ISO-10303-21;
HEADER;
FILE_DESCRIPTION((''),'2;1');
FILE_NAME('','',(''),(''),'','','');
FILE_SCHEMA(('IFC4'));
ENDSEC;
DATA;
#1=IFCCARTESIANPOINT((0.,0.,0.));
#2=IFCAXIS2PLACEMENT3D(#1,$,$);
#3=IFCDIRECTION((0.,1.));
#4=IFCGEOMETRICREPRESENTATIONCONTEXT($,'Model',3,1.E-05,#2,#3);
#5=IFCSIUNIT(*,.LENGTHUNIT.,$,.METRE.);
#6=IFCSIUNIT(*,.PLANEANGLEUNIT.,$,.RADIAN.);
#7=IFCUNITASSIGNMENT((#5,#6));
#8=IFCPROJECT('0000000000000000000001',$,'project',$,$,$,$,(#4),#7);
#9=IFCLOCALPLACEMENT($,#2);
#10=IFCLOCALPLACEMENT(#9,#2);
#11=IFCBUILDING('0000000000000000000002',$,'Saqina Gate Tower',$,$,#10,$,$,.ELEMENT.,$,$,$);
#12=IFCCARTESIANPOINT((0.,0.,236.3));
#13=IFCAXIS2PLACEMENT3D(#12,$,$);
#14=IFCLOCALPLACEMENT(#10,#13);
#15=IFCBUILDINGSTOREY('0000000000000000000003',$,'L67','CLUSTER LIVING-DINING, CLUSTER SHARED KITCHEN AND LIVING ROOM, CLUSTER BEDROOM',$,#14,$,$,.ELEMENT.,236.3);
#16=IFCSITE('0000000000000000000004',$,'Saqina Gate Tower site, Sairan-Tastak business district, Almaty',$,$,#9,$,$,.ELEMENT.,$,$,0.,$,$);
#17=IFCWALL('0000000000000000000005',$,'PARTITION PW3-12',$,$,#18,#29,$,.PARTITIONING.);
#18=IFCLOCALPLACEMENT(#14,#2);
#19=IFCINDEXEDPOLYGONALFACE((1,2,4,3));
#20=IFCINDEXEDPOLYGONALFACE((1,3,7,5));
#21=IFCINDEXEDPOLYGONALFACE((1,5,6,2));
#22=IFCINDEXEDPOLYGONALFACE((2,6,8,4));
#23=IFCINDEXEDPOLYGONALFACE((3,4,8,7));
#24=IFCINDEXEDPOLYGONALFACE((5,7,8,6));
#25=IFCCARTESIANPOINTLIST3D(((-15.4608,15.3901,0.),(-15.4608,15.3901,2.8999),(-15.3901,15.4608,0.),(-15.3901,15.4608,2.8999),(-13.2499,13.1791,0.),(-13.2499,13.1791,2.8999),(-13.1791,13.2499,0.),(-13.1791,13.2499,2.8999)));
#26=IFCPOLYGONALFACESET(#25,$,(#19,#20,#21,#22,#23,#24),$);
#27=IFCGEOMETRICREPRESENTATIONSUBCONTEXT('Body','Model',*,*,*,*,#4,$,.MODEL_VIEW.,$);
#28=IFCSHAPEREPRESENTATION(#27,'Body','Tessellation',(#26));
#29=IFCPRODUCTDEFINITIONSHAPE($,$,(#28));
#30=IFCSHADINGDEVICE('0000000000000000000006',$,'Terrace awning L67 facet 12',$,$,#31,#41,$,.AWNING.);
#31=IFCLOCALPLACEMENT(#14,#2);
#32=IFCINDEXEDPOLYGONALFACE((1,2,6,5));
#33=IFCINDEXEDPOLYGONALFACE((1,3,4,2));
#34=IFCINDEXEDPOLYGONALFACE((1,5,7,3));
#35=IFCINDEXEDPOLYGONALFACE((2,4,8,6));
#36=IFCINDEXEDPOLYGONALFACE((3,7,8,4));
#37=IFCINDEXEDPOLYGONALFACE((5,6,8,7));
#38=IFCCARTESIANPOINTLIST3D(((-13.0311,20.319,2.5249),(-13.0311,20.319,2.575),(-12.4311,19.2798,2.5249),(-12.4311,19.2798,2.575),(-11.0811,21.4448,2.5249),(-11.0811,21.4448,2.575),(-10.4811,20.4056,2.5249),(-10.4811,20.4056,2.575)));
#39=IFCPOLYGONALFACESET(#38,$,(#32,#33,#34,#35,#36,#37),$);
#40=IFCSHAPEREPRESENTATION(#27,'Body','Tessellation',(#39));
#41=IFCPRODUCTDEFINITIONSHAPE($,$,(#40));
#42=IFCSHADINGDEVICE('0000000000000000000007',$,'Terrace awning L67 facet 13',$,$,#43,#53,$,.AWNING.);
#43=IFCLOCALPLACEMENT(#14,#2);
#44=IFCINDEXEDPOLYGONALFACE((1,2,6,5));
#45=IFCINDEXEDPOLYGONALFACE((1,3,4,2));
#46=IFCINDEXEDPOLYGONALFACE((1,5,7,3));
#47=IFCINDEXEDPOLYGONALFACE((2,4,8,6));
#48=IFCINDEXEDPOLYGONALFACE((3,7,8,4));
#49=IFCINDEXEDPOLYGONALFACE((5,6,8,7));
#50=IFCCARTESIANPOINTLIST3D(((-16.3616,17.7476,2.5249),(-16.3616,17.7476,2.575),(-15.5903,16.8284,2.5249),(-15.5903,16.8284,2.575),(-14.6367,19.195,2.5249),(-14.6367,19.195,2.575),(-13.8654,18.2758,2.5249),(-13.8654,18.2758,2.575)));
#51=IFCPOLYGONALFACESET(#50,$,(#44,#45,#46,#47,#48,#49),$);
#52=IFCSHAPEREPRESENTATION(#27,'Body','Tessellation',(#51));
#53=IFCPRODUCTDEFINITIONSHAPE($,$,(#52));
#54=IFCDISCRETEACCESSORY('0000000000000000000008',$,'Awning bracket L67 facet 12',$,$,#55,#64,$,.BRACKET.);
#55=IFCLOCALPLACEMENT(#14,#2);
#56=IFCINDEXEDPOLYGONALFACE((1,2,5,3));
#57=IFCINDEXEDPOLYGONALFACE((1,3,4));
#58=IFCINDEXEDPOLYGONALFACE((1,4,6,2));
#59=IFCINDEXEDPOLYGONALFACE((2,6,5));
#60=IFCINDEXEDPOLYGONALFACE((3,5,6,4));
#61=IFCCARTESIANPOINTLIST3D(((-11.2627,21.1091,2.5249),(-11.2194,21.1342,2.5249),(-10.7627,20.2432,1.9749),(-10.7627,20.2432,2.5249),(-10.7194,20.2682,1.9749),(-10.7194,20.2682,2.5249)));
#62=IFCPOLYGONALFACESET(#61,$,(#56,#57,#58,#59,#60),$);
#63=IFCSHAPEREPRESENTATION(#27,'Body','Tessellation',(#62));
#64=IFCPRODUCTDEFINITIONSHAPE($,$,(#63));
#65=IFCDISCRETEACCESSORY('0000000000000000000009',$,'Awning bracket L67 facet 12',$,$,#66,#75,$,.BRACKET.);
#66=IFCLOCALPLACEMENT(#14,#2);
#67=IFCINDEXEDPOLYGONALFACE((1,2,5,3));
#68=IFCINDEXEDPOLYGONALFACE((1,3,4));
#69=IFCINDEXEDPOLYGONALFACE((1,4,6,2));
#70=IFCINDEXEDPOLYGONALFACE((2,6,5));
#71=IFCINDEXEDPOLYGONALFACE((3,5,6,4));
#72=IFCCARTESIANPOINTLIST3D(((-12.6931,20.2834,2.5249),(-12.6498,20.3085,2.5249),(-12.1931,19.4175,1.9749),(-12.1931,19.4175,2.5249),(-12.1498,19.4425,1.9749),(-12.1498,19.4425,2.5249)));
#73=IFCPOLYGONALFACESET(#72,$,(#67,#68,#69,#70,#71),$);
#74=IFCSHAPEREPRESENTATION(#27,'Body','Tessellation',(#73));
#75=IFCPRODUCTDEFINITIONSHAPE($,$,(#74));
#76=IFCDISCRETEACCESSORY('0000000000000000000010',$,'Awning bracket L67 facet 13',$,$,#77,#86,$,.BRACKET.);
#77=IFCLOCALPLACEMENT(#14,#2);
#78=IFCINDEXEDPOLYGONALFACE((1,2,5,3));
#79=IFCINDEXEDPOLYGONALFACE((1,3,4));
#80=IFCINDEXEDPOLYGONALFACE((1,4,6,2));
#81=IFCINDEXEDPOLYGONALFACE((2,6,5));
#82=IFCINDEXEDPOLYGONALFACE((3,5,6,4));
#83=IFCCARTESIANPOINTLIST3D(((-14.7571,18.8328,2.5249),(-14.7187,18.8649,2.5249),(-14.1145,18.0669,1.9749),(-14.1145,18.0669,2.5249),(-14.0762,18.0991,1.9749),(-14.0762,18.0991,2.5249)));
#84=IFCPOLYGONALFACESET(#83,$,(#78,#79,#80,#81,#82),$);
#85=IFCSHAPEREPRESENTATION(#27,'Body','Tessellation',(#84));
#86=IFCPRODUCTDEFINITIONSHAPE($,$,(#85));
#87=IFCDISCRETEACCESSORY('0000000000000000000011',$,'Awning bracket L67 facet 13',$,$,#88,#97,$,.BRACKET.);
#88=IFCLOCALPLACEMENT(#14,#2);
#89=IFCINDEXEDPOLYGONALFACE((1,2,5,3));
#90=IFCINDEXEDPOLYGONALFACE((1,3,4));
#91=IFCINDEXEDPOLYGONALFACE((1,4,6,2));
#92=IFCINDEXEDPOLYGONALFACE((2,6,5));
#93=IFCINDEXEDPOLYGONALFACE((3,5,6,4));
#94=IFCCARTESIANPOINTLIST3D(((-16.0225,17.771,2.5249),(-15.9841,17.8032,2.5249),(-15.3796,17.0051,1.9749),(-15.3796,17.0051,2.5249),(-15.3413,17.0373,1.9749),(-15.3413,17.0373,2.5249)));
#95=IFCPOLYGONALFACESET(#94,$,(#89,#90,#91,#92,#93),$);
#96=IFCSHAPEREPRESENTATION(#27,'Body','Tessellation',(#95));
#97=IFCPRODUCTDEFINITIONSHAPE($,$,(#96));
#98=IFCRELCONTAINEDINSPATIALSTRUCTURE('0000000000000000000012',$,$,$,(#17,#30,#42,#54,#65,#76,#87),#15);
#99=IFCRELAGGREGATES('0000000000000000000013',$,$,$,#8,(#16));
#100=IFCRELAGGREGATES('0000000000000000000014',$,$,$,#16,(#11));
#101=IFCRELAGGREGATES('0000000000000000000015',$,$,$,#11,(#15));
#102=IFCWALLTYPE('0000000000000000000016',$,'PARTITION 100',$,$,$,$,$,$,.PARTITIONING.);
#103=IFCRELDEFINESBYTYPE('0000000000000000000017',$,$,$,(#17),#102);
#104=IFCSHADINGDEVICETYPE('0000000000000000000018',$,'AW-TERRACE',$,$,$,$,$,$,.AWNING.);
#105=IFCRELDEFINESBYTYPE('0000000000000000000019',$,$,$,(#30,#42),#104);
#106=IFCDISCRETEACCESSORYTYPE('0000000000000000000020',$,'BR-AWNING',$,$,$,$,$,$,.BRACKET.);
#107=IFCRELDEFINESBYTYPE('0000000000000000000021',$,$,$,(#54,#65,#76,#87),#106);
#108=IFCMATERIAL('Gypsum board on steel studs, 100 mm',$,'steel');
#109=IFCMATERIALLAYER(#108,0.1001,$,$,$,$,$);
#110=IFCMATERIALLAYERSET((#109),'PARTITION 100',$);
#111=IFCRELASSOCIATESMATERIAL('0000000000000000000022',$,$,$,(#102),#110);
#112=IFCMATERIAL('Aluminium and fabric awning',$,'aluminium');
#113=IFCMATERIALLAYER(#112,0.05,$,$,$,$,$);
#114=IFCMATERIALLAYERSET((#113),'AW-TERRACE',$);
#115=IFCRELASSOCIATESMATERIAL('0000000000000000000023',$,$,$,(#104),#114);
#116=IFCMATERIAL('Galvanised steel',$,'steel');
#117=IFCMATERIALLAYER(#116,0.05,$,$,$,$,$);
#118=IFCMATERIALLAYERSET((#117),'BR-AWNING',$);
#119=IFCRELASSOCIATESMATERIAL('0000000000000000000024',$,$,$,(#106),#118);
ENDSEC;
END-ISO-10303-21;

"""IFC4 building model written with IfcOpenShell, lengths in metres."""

from ifc_helpers import new_model, si_unit, direction, frame, frame_2d, origin, origin_2d, place, context, subcontext, project, spatial, polyline, rectangle, outline, extrude, material, layer, layer_set, type_object, element, save


model = new_model("IFC4")

# Units and contexts
model_context = context("Model", 3, precision=1e-05, world=origin(), true_north=direction((0.0, 1.0)))
body_context = subcontext(model_context, "Body", "Model", "MODEL_VIEW")
ifc_project = project(units=[si_unit("LENGTHUNIT", "METRE"), si_unit("PLANEANGLEUNIT", "RADIAN")], contexts=[model_context])

# Site, building, storey
site_placement = place(None, origin())
site = spatial("IfcSite", under=ifc_project, at=site_placement, Name="Saqina Gate Tower site, Sairan-Tastak business district, Almaty", CompositionType="ELEMENT", RefElevation=0.0)
building_placement = place(site_placement, origin())
building = spatial("IfcBuilding", under=site, at=building_placement, Name="Saqina Gate Tower", CompositionType="ELEMENT")
storey_placement = place(building_placement, frame((0.0, 0.0, 236.3)))
storey = spatial("IfcBuildingStorey", under=building, at=storey_placement, Name="L67", Description="CLUSTER LIVING-DINING, CLUSTER SHARED KITCHEN AND LIVING ROOM, CLUSTER BEDROOM", CompositionType="ELEMENT", Elevation=236.3)

# Wall
ifc_material_1 = material(Name="Gypsum board on steel studs, 100 mm", Category="steel")
ifc_layer_1 = layer(ifc_material_1, 0.1001)
ifc_layer_set_1 = layer_set([ifc_layer_1], Name="PARTITION 100")
wall_type_1 = type_object("IfcWallType", Name="PARTITION 100", PredefinedType="PARTITIONING", material=ifc_layer_set_1)
wall_1_placement = place(storey_placement, frame((-15.4255, 15.4255, 0.0), z_axis=(0.0, 0.0, 1.0), x_axis=(0.707107, -0.707107, 0.0)))
element("IfcWall", 1, at=wall_1_placement, inside=storey, type_object=wall_type_1, Name="PARTITION PW3-12", PredefinedType="PARTITIONING", context=body_context, shape_type="SweptSolid", body=[
    extrude(rectangle(XDim=3.1267, YDim=0.1001, at=frame_2d((1.5635, 0.0))), origin(), (0.0, 0.0, 1.0), 2.8999),
])

# Shading devices
ifc_material_2 = material(Name="Aluminium and fabric awning", Category="aluminium")
ifc_layer_2 = layer(ifc_material_2, 0.05)
ifc_layer_set_2 = layer_set([ifc_layer_2], Name="AW-TERRACE")
shading_device_type = type_object("IfcShadingDeviceType", Name="AW-TERRACE", PredefinedType="AWNING", material=ifc_layer_set_2)
for number, where, z_axis, x_axis, name in (
    (2, (-11.7561, 20.3623, 2.5249), (0.0, 0.0, 1.0), (-0.866025, -0.5, 0.0), "Terrace awning L67 facet 12"),
    (3, (-15.1135, 18.0117, 2.5249), (0.0, 0.0, 1.0), (-0.766044, -0.642788, 0.0), "Terrace awning L67 facet 13"),
):
    element("IfcShadingDevice", number, at=place(storey_placement, frame(where, z_axis=z_axis, x_axis=x_axis)), inside=storey, type_object=shading_device_type, Name=name, PredefinedType="AWNING", context=body_context, shape_type="SweptSolid", body=[
        extrude(rectangle(XDim=2.2517, YDim=1.2, at=origin_2d()), origin(), (0.0, 0.0, 1.0), 0.05),
    ])

# Discrete accessories
ifc_material_3 = material(Name="Galvanised steel", Category="steel")
ifc_layer_3 = layer(ifc_material_3, 0.05)
ifc_layer_set_3 = layer_set([ifc_layer_3], Name="BR-AWNING")
discrete_accessory_type = type_object("IfcDiscreteAccessoryType", Name="BR-AWNING", PredefinedType="BRACKET", material=ifc_layer_set_3)
for number, where, z_axis, x_axis, name in (
    (4, (-10.7627, 20.2432, 1.9749), (-0.866011, -0.500025, 0.0), (0.0, 0.0, 1.0), "Awning bracket L67 facet 12"),
    (5, (-12.1931, 19.4175, 1.9749), (-0.866011, -0.500025, 0.0), (0.0, 0.0, 1.0), "Awning bracket L67 facet 12"),
):
    element("IfcDiscreteAccessory", number, at=place(storey_placement, frame(where, z_axis=z_axis, x_axis=x_axis)), inside=storey, type_object=discrete_accessory_type, Name=name, PredefinedType="BRACKET", context=body_context, shape_type="SweptSolid", body=[
        extrude(outline(polyline([(0.0, 0.0), (0.55, 0.0), (0.55, 0.9999), (0.0, 0.0)])), origin(), (0.0, 0.0, -1.0), 0.05),
    ])
discrete_accessory_1_placement = place(storey_placement, frame((-14.1145, 18.0669, 1.9749), z_axis=(-0.766075, -0.642751, 0.0), x_axis=(0.0, 0.0, 1.0)))
element("IfcDiscreteAccessory", 6, at=discrete_accessory_1_placement, inside=storey, type_object=discrete_accessory_type, Name="Awning bracket L67 facet 13", PredefinedType="BRACKET", context=body_context, shape_type="SweptSolid", body=[
    extrude(outline(polyline([(0.0, 0.0), (0.55, 0.0), (0.55, 0.9997), (0.0, 0.0)])), origin(), (0.0, 0.0, -1.0), 0.05),
])
discrete_accessory_2_placement = place(storey_placement, frame((-15.3796, 17.0051, 1.9749), z_axis=(-0.765955, -0.642894, 0.0), x_axis=(0.0, 0.0, 1.0)))
element("IfcDiscreteAccessory", 7, at=discrete_accessory_2_placement, inside=storey, type_object=discrete_accessory_type, Name="Awning bracket L67 facet 13", PredefinedType="BRACKET", context=body_context, shape_type="SweptSolid", body=[
    extrude(outline(polyline([(0.0, 0.0), (0.55, 0.0), (0.55, 0.9999), (0.0, 0.0)])), origin(), (0.0, 0.0, -1.0), 0.05),
])

save(model, "model.ifc")
